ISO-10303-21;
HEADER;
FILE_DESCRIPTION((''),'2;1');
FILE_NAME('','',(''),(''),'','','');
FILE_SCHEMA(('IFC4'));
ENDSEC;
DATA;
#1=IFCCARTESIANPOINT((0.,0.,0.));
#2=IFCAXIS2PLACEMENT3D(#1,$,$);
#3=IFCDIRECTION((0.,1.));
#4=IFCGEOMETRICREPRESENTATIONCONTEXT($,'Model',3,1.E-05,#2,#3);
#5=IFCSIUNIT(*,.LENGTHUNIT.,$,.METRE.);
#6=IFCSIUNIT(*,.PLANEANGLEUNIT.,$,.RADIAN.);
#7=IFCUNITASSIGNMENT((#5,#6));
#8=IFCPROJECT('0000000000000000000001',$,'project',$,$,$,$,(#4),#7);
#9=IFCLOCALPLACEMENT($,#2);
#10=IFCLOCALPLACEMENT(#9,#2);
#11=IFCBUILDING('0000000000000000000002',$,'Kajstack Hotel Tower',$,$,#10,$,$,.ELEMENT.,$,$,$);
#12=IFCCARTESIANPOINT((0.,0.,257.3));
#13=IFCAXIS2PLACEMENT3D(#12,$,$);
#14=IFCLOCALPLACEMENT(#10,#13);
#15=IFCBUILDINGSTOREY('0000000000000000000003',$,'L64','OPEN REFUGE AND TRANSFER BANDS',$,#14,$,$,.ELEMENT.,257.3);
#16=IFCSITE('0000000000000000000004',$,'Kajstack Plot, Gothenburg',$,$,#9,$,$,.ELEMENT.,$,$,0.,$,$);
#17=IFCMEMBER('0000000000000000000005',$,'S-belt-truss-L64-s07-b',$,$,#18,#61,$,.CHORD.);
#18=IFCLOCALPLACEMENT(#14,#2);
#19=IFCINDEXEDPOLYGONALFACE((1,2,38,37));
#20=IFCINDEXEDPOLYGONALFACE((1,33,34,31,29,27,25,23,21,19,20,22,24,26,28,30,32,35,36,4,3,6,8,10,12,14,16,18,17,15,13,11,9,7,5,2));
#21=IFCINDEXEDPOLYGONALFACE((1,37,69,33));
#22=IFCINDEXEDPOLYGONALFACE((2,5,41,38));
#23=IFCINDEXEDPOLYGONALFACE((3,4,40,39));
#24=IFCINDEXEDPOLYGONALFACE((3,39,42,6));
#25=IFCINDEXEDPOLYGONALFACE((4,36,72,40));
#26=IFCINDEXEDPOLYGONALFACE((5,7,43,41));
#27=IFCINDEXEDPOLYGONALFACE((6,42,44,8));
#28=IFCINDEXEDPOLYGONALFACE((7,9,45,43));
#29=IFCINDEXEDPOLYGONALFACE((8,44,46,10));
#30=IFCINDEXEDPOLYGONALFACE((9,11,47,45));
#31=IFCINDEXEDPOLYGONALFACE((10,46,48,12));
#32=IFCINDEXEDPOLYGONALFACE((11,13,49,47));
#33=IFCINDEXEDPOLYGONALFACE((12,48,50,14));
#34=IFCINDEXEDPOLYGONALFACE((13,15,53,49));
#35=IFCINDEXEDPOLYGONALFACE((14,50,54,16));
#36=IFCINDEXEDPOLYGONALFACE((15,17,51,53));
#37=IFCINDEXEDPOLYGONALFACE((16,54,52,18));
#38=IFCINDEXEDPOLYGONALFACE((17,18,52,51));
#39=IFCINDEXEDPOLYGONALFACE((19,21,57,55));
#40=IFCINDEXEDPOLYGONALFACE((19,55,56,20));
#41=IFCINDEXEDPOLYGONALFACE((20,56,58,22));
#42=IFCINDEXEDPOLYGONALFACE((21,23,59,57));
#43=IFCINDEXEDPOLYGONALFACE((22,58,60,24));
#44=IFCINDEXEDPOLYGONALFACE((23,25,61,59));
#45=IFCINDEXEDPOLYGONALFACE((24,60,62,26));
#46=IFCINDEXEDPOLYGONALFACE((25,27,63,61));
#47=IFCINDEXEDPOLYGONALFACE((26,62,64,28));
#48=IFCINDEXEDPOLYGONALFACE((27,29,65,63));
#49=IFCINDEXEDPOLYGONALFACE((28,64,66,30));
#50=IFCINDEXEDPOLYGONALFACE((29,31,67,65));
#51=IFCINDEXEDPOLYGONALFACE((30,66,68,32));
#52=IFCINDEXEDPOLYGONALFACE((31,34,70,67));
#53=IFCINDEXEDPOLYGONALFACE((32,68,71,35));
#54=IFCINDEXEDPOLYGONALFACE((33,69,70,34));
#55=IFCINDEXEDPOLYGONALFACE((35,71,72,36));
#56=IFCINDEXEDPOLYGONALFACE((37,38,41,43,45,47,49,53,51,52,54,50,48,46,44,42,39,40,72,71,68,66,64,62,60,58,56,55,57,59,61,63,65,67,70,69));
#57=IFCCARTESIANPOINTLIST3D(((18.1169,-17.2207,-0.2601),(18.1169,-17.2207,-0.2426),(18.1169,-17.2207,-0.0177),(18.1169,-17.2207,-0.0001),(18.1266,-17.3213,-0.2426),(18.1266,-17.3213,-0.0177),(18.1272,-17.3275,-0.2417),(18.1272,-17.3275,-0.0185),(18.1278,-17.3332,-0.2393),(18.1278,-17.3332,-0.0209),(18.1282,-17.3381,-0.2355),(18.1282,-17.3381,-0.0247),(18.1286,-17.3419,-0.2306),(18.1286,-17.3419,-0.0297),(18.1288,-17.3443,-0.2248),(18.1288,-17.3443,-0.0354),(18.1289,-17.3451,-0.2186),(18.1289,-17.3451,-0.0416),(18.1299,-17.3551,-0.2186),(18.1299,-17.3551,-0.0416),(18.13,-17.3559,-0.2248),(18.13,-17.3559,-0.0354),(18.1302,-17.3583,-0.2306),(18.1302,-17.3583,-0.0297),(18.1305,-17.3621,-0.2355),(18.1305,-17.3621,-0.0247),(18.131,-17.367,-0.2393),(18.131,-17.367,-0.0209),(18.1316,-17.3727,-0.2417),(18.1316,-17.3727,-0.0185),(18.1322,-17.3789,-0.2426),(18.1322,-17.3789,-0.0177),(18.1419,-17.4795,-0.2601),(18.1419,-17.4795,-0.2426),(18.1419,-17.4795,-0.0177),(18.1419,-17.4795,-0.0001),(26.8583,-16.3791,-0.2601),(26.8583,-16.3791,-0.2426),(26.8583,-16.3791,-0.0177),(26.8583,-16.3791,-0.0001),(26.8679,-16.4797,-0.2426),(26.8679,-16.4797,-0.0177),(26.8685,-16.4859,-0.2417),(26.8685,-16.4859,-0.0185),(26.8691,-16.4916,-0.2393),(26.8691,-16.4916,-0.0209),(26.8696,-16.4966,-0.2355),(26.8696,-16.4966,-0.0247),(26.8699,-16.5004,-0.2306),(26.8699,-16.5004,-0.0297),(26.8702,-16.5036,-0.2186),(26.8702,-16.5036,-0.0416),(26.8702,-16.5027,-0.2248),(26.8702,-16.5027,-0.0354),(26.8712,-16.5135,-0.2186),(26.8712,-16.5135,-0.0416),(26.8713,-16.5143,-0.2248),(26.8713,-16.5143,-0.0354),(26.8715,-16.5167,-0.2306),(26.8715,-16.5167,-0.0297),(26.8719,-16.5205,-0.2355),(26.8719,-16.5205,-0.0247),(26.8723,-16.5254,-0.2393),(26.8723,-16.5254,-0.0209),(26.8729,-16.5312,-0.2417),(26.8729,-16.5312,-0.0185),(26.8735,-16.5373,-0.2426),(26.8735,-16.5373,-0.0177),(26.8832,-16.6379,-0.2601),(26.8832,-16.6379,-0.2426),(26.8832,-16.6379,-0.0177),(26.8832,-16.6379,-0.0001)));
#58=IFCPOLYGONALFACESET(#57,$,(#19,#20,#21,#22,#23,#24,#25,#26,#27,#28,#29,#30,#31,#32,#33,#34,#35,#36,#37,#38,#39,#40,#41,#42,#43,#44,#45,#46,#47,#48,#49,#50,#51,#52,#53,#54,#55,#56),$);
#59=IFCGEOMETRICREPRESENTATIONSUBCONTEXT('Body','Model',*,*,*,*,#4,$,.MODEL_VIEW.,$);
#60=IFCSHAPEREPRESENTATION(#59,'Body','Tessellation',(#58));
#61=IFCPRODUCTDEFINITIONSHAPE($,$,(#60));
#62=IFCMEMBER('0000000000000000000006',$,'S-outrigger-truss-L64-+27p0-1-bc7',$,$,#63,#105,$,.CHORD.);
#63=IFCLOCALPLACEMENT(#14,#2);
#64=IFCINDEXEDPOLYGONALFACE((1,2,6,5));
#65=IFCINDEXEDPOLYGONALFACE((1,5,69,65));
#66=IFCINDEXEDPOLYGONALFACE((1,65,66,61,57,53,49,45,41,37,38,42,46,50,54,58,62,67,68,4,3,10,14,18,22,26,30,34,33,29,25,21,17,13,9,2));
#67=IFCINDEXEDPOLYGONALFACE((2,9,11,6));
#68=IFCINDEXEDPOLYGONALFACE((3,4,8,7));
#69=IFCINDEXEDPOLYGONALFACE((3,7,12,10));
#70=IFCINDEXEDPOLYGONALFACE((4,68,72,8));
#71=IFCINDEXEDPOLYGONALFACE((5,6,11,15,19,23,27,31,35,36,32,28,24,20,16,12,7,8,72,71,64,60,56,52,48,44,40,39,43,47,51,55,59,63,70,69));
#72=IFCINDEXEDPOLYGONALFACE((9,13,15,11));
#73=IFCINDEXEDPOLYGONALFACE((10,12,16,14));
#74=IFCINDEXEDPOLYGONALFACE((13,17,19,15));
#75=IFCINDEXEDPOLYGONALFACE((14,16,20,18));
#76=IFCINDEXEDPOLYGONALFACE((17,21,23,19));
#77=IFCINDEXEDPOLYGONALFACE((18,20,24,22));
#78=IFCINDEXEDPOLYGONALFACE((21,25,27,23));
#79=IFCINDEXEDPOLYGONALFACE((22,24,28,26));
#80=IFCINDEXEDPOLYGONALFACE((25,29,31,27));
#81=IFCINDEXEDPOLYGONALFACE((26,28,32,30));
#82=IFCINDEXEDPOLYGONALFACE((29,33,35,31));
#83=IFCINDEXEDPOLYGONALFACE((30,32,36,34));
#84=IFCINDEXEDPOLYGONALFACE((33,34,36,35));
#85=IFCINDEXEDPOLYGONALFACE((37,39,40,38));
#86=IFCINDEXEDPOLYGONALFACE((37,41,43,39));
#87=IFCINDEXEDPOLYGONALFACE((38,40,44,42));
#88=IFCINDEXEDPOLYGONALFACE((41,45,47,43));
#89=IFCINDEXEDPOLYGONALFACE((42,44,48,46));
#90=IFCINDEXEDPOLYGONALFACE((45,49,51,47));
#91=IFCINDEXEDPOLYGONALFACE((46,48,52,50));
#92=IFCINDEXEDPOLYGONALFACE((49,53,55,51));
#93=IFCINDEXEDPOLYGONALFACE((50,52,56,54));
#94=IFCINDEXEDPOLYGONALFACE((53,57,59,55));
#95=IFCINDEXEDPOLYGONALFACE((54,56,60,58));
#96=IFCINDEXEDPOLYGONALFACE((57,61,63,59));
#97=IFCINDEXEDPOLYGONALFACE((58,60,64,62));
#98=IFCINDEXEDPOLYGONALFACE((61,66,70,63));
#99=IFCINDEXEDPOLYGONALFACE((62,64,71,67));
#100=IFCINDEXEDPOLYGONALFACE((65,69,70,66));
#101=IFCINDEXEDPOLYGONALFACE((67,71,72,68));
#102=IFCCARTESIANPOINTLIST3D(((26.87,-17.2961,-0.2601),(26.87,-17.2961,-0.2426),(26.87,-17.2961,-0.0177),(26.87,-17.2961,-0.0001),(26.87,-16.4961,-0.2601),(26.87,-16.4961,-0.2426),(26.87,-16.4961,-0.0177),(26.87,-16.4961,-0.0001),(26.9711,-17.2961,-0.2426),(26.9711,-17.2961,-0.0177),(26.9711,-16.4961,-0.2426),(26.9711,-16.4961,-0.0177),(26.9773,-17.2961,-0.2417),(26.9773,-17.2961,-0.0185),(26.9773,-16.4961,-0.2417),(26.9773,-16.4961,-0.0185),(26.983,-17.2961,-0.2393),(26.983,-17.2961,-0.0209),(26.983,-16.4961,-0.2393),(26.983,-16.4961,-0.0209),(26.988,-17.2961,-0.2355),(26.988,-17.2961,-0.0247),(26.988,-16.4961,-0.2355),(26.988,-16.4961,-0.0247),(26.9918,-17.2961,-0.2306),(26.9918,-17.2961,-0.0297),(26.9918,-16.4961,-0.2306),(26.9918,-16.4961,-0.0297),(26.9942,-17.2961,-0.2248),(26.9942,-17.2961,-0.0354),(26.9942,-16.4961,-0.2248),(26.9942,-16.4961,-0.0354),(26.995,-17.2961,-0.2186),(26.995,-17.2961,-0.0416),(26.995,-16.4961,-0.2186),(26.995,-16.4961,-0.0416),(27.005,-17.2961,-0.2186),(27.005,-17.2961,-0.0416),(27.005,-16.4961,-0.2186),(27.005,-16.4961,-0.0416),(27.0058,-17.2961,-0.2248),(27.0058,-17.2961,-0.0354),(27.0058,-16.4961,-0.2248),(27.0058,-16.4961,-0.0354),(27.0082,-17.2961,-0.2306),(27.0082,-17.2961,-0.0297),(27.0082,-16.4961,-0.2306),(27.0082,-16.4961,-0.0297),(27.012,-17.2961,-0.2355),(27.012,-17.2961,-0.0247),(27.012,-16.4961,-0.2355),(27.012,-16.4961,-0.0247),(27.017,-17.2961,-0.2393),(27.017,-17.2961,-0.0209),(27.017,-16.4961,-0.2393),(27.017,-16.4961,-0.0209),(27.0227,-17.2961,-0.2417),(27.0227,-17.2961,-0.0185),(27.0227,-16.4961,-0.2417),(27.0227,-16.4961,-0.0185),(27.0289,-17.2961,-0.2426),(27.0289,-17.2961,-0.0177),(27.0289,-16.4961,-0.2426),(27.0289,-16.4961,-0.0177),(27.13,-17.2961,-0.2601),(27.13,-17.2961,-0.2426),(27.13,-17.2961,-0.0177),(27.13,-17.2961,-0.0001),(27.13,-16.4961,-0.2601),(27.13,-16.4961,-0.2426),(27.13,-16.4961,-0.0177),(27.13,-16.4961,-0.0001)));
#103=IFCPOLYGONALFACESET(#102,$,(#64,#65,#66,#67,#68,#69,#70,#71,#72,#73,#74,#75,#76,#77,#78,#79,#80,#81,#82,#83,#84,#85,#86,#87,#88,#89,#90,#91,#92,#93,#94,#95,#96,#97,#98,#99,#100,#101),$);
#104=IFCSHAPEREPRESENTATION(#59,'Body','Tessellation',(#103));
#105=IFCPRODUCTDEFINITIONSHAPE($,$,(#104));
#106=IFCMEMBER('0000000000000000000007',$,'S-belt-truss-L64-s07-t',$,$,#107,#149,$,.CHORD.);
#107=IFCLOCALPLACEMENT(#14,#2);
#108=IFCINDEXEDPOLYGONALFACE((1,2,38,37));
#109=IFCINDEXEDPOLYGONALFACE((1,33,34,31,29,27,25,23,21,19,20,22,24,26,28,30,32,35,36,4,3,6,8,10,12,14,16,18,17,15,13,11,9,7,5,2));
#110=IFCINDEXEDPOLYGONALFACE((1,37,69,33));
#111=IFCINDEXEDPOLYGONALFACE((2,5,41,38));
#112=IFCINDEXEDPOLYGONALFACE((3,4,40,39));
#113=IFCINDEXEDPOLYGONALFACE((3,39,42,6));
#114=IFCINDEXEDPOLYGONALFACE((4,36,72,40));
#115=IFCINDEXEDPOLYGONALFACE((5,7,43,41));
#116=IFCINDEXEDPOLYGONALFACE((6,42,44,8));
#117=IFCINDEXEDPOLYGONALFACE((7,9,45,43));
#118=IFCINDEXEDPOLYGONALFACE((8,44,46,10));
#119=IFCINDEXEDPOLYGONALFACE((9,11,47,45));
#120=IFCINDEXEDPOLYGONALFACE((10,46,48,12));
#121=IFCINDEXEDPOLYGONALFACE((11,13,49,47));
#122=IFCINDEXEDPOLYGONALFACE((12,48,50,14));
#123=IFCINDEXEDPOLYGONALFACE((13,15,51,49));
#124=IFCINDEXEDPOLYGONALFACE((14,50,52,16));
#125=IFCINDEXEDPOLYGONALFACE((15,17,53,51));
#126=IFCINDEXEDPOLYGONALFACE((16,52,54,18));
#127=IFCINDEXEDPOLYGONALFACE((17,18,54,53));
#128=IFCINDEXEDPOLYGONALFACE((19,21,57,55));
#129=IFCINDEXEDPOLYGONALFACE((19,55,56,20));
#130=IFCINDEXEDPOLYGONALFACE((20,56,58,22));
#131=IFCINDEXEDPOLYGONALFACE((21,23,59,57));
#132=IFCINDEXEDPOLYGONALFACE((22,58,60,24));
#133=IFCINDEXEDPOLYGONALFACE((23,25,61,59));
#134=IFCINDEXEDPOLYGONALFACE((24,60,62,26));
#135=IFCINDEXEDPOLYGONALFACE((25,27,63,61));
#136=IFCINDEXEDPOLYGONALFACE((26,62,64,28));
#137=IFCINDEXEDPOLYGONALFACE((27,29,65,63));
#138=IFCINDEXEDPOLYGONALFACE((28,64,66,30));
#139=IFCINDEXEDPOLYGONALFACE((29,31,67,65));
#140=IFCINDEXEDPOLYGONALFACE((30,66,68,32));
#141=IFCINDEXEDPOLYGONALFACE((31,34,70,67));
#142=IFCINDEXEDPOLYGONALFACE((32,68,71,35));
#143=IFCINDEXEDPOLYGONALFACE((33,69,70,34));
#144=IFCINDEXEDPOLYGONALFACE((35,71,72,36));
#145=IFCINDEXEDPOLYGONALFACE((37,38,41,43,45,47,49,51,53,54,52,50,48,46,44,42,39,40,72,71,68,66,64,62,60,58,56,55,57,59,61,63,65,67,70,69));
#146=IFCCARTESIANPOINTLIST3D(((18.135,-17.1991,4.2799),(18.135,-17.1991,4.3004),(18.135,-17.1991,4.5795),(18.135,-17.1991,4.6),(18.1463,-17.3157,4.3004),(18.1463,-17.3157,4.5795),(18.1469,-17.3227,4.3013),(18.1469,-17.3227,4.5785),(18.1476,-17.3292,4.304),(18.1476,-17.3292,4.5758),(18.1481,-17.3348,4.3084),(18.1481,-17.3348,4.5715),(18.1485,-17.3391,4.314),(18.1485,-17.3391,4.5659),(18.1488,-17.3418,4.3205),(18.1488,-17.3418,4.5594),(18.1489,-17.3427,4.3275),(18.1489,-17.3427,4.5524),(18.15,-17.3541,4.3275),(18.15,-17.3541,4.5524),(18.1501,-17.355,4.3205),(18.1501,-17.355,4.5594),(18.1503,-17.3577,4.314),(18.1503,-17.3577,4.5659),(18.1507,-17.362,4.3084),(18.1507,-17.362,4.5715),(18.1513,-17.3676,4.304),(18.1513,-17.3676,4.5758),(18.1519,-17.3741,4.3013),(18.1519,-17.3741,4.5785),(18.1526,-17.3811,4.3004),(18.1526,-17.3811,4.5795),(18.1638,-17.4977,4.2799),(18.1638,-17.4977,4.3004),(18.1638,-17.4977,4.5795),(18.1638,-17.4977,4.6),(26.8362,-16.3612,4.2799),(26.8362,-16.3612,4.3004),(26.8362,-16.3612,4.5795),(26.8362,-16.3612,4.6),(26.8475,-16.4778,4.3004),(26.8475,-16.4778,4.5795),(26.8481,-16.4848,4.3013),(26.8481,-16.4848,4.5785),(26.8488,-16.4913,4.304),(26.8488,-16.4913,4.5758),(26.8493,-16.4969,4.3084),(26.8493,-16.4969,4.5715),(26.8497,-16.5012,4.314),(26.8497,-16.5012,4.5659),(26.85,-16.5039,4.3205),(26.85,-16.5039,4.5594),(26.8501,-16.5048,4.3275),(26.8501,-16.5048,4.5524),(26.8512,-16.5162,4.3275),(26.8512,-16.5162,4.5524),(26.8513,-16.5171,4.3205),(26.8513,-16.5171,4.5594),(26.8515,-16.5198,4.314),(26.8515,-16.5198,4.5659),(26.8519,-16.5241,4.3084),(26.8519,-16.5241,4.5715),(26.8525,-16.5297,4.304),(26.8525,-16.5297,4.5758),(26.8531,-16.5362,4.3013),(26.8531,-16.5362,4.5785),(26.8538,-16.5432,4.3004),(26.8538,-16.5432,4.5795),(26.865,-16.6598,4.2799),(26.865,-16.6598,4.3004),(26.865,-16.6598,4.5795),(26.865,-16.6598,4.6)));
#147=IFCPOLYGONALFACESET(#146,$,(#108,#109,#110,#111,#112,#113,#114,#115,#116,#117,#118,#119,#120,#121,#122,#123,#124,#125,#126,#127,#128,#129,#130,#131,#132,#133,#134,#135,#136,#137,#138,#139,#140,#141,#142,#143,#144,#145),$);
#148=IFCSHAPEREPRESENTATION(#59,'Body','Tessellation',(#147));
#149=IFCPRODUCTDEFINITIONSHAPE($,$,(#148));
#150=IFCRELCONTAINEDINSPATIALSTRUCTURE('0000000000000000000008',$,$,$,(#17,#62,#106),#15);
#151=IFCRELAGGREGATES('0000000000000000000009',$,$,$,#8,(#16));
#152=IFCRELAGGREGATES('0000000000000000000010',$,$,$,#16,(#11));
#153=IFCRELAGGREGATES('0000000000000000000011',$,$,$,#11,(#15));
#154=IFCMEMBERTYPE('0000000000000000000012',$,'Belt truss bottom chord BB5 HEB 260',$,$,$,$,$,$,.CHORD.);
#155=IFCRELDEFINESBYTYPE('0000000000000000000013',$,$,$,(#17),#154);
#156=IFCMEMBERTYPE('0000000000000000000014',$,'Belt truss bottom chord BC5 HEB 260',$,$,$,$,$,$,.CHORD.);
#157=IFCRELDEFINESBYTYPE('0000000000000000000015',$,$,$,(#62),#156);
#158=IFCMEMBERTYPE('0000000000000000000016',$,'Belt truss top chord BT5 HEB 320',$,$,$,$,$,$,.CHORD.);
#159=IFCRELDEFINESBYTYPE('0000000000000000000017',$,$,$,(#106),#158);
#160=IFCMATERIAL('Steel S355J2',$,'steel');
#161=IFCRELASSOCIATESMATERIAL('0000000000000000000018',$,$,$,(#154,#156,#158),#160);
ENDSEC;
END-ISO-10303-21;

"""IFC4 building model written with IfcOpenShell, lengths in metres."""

from ifc_helpers import new_model, si_unit, direction, frame, origin, origin_2d, place, context, subcontext, project, spatial, i_section, extrude, material, material_profile, profile_set, type_object, element, save


model = new_model("IFC4")

# Units and contexts
model_context = context("Model", 3, precision=1e-05, world=origin(), true_north=direction((0.0, 1.0)))
body_context = subcontext(model_context, "Body", "Model", "MODEL_VIEW")
ifc_project = project(units=[si_unit("LENGTHUNIT", "METRE"), si_unit("PLANEANGLEUNIT", "RADIAN")], contexts=[model_context])

# Site, building, storey
site_placement = place(None, origin())
site = spatial("IfcSite", under=ifc_project, at=site_placement, Name="Kajstack Plot, Gothenburg", CompositionType="ELEMENT", RefElevation=0.0)
building_placement = place(site_placement, origin())
building = spatial("IfcBuilding", under=site, at=building_placement, Name="Kajstack Hotel Tower", CompositionType="ELEMENT")
storey_placement = place(building_placement, frame((0.0, 0.0, 257.3)))
storey = spatial("IfcBuildingStorey", under=building, at=storey_placement, Name="L64", Description="OPEN REFUGE AND TRANSFER BANDS", CompositionType="ELEMENT", Elevation=257.3)

# Members
ifc_material_1 = material(Name="Steel S355J2", Category="steel")
ifc_material_profile_1 = material_profile(ifc_material_1, i_section(OverallWidth=0.26, OverallDepth=0.26, WebThickness=0.01, FlangeThickness=0.0176, FilletRadius=0.0239, at=origin_2d()), Name="HEB 260")
ifc_profile_set_1 = profile_set([ifc_material_profile_1], Name="Steel S355J2")
member_type_1 = type_object("IfcMemberType", Name="Belt truss bottom chord BB5 HEB 260", PredefinedType="CHORD", material=ifc_profile_set_1)
member_1_placement = place(storey_placement, frame((18.1294, -17.3501, -0.1301), z_axis=(0.995398, 0.095831, 0.0), x_axis=(-0.095831, 0.995398, 0.0)))
element("IfcMember", 1, at=member_1_placement, inside=storey, type_object=member_type_1, Name="S-belt-truss-L64-s07-b", PredefinedType="CHORD", context=body_context, shape_type="SweptSolid", body=[
    extrude(i_section(OverallWidth=0.26, OverallDepth=0.26, WebThickness=0.01, FlangeThickness=0.0176, FilletRadius=0.0239, at=origin_2d()), origin(), (0.0, 0.0, 1.0), 8.7817),
])
ifc_material_profile_2 = material_profile(ifc_material_1, i_section(OverallWidth=0.26, OverallDepth=0.26, WebThickness=0.01, FlangeThickness=0.0176, FilletRadius=0.0239, at=origin_2d()), Name="HEB 260")
ifc_profile_set_2 = profile_set([ifc_material_profile_2], Name="Steel S355J2")
member_type_2 = type_object("IfcMemberType", Name="Belt truss bottom chord BC5 HEB 260", PredefinedType="CHORD", material=ifc_profile_set_2)
member_2_placement = place(storey_placement, frame((27.0, -17.2961, -0.1301), z_axis=(0.0, 1.0, 0.0), x_axis=(-1.0, 0.0, 0.0)))
element("IfcMember", 2, at=member_2_placement, inside=storey, type_object=member_type_2, Name="S-outrigger-truss-L64-+27p0-1-bc7", PredefinedType="CHORD", context=body_context, shape_type="SweptSolid", body=[
    extrude(i_section(OverallWidth=0.26, OverallDepth=0.26, WebThickness=0.01, FlangeThickness=0.0176, FilletRadius=0.0239, at=origin_2d()), origin(), (0.0, 0.0, 1.0), 0.8),
])
ifc_material_profile_3 = material_profile(ifc_material_1, i_section(OverallWidth=0.3, OverallDepth=0.3201, WebThickness=0.0115, FlangeThickness=0.0205, FilletRadius=0.0271, at=origin_2d()), Name="HEB 320")
ifc_profile_set_3 = profile_set([ifc_material_profile_3], Name="Steel S355J2")
member_type_3 = type_object("IfcMemberType", Name="Belt truss top chord BT5 HEB 320", PredefinedType="CHORD", material=ifc_profile_set_3)
member_3_placement = place(storey_placement, frame((18.1494, -17.3484, 4.4399), z_axis=(0.995396, 0.095853, 0.0), x_axis=(-0.095853, 0.995396, 0.0)))
element("IfcMember", 3, at=member_3_placement, inside=storey, type_object=member_type_3, Name="S-belt-truss-L64-s07-t", PredefinedType="CHORD", context=body_context, shape_type="SweptSolid", body=[
    extrude(i_section(OverallWidth=0.3, OverallDepth=0.3201, WebThickness=0.0115, FlangeThickness=0.0205, FilletRadius=0.0271, at=origin_2d()), origin(), (0.0, 0.0, 1.0), 8.7415),
])

save(model, "model.ifc")
